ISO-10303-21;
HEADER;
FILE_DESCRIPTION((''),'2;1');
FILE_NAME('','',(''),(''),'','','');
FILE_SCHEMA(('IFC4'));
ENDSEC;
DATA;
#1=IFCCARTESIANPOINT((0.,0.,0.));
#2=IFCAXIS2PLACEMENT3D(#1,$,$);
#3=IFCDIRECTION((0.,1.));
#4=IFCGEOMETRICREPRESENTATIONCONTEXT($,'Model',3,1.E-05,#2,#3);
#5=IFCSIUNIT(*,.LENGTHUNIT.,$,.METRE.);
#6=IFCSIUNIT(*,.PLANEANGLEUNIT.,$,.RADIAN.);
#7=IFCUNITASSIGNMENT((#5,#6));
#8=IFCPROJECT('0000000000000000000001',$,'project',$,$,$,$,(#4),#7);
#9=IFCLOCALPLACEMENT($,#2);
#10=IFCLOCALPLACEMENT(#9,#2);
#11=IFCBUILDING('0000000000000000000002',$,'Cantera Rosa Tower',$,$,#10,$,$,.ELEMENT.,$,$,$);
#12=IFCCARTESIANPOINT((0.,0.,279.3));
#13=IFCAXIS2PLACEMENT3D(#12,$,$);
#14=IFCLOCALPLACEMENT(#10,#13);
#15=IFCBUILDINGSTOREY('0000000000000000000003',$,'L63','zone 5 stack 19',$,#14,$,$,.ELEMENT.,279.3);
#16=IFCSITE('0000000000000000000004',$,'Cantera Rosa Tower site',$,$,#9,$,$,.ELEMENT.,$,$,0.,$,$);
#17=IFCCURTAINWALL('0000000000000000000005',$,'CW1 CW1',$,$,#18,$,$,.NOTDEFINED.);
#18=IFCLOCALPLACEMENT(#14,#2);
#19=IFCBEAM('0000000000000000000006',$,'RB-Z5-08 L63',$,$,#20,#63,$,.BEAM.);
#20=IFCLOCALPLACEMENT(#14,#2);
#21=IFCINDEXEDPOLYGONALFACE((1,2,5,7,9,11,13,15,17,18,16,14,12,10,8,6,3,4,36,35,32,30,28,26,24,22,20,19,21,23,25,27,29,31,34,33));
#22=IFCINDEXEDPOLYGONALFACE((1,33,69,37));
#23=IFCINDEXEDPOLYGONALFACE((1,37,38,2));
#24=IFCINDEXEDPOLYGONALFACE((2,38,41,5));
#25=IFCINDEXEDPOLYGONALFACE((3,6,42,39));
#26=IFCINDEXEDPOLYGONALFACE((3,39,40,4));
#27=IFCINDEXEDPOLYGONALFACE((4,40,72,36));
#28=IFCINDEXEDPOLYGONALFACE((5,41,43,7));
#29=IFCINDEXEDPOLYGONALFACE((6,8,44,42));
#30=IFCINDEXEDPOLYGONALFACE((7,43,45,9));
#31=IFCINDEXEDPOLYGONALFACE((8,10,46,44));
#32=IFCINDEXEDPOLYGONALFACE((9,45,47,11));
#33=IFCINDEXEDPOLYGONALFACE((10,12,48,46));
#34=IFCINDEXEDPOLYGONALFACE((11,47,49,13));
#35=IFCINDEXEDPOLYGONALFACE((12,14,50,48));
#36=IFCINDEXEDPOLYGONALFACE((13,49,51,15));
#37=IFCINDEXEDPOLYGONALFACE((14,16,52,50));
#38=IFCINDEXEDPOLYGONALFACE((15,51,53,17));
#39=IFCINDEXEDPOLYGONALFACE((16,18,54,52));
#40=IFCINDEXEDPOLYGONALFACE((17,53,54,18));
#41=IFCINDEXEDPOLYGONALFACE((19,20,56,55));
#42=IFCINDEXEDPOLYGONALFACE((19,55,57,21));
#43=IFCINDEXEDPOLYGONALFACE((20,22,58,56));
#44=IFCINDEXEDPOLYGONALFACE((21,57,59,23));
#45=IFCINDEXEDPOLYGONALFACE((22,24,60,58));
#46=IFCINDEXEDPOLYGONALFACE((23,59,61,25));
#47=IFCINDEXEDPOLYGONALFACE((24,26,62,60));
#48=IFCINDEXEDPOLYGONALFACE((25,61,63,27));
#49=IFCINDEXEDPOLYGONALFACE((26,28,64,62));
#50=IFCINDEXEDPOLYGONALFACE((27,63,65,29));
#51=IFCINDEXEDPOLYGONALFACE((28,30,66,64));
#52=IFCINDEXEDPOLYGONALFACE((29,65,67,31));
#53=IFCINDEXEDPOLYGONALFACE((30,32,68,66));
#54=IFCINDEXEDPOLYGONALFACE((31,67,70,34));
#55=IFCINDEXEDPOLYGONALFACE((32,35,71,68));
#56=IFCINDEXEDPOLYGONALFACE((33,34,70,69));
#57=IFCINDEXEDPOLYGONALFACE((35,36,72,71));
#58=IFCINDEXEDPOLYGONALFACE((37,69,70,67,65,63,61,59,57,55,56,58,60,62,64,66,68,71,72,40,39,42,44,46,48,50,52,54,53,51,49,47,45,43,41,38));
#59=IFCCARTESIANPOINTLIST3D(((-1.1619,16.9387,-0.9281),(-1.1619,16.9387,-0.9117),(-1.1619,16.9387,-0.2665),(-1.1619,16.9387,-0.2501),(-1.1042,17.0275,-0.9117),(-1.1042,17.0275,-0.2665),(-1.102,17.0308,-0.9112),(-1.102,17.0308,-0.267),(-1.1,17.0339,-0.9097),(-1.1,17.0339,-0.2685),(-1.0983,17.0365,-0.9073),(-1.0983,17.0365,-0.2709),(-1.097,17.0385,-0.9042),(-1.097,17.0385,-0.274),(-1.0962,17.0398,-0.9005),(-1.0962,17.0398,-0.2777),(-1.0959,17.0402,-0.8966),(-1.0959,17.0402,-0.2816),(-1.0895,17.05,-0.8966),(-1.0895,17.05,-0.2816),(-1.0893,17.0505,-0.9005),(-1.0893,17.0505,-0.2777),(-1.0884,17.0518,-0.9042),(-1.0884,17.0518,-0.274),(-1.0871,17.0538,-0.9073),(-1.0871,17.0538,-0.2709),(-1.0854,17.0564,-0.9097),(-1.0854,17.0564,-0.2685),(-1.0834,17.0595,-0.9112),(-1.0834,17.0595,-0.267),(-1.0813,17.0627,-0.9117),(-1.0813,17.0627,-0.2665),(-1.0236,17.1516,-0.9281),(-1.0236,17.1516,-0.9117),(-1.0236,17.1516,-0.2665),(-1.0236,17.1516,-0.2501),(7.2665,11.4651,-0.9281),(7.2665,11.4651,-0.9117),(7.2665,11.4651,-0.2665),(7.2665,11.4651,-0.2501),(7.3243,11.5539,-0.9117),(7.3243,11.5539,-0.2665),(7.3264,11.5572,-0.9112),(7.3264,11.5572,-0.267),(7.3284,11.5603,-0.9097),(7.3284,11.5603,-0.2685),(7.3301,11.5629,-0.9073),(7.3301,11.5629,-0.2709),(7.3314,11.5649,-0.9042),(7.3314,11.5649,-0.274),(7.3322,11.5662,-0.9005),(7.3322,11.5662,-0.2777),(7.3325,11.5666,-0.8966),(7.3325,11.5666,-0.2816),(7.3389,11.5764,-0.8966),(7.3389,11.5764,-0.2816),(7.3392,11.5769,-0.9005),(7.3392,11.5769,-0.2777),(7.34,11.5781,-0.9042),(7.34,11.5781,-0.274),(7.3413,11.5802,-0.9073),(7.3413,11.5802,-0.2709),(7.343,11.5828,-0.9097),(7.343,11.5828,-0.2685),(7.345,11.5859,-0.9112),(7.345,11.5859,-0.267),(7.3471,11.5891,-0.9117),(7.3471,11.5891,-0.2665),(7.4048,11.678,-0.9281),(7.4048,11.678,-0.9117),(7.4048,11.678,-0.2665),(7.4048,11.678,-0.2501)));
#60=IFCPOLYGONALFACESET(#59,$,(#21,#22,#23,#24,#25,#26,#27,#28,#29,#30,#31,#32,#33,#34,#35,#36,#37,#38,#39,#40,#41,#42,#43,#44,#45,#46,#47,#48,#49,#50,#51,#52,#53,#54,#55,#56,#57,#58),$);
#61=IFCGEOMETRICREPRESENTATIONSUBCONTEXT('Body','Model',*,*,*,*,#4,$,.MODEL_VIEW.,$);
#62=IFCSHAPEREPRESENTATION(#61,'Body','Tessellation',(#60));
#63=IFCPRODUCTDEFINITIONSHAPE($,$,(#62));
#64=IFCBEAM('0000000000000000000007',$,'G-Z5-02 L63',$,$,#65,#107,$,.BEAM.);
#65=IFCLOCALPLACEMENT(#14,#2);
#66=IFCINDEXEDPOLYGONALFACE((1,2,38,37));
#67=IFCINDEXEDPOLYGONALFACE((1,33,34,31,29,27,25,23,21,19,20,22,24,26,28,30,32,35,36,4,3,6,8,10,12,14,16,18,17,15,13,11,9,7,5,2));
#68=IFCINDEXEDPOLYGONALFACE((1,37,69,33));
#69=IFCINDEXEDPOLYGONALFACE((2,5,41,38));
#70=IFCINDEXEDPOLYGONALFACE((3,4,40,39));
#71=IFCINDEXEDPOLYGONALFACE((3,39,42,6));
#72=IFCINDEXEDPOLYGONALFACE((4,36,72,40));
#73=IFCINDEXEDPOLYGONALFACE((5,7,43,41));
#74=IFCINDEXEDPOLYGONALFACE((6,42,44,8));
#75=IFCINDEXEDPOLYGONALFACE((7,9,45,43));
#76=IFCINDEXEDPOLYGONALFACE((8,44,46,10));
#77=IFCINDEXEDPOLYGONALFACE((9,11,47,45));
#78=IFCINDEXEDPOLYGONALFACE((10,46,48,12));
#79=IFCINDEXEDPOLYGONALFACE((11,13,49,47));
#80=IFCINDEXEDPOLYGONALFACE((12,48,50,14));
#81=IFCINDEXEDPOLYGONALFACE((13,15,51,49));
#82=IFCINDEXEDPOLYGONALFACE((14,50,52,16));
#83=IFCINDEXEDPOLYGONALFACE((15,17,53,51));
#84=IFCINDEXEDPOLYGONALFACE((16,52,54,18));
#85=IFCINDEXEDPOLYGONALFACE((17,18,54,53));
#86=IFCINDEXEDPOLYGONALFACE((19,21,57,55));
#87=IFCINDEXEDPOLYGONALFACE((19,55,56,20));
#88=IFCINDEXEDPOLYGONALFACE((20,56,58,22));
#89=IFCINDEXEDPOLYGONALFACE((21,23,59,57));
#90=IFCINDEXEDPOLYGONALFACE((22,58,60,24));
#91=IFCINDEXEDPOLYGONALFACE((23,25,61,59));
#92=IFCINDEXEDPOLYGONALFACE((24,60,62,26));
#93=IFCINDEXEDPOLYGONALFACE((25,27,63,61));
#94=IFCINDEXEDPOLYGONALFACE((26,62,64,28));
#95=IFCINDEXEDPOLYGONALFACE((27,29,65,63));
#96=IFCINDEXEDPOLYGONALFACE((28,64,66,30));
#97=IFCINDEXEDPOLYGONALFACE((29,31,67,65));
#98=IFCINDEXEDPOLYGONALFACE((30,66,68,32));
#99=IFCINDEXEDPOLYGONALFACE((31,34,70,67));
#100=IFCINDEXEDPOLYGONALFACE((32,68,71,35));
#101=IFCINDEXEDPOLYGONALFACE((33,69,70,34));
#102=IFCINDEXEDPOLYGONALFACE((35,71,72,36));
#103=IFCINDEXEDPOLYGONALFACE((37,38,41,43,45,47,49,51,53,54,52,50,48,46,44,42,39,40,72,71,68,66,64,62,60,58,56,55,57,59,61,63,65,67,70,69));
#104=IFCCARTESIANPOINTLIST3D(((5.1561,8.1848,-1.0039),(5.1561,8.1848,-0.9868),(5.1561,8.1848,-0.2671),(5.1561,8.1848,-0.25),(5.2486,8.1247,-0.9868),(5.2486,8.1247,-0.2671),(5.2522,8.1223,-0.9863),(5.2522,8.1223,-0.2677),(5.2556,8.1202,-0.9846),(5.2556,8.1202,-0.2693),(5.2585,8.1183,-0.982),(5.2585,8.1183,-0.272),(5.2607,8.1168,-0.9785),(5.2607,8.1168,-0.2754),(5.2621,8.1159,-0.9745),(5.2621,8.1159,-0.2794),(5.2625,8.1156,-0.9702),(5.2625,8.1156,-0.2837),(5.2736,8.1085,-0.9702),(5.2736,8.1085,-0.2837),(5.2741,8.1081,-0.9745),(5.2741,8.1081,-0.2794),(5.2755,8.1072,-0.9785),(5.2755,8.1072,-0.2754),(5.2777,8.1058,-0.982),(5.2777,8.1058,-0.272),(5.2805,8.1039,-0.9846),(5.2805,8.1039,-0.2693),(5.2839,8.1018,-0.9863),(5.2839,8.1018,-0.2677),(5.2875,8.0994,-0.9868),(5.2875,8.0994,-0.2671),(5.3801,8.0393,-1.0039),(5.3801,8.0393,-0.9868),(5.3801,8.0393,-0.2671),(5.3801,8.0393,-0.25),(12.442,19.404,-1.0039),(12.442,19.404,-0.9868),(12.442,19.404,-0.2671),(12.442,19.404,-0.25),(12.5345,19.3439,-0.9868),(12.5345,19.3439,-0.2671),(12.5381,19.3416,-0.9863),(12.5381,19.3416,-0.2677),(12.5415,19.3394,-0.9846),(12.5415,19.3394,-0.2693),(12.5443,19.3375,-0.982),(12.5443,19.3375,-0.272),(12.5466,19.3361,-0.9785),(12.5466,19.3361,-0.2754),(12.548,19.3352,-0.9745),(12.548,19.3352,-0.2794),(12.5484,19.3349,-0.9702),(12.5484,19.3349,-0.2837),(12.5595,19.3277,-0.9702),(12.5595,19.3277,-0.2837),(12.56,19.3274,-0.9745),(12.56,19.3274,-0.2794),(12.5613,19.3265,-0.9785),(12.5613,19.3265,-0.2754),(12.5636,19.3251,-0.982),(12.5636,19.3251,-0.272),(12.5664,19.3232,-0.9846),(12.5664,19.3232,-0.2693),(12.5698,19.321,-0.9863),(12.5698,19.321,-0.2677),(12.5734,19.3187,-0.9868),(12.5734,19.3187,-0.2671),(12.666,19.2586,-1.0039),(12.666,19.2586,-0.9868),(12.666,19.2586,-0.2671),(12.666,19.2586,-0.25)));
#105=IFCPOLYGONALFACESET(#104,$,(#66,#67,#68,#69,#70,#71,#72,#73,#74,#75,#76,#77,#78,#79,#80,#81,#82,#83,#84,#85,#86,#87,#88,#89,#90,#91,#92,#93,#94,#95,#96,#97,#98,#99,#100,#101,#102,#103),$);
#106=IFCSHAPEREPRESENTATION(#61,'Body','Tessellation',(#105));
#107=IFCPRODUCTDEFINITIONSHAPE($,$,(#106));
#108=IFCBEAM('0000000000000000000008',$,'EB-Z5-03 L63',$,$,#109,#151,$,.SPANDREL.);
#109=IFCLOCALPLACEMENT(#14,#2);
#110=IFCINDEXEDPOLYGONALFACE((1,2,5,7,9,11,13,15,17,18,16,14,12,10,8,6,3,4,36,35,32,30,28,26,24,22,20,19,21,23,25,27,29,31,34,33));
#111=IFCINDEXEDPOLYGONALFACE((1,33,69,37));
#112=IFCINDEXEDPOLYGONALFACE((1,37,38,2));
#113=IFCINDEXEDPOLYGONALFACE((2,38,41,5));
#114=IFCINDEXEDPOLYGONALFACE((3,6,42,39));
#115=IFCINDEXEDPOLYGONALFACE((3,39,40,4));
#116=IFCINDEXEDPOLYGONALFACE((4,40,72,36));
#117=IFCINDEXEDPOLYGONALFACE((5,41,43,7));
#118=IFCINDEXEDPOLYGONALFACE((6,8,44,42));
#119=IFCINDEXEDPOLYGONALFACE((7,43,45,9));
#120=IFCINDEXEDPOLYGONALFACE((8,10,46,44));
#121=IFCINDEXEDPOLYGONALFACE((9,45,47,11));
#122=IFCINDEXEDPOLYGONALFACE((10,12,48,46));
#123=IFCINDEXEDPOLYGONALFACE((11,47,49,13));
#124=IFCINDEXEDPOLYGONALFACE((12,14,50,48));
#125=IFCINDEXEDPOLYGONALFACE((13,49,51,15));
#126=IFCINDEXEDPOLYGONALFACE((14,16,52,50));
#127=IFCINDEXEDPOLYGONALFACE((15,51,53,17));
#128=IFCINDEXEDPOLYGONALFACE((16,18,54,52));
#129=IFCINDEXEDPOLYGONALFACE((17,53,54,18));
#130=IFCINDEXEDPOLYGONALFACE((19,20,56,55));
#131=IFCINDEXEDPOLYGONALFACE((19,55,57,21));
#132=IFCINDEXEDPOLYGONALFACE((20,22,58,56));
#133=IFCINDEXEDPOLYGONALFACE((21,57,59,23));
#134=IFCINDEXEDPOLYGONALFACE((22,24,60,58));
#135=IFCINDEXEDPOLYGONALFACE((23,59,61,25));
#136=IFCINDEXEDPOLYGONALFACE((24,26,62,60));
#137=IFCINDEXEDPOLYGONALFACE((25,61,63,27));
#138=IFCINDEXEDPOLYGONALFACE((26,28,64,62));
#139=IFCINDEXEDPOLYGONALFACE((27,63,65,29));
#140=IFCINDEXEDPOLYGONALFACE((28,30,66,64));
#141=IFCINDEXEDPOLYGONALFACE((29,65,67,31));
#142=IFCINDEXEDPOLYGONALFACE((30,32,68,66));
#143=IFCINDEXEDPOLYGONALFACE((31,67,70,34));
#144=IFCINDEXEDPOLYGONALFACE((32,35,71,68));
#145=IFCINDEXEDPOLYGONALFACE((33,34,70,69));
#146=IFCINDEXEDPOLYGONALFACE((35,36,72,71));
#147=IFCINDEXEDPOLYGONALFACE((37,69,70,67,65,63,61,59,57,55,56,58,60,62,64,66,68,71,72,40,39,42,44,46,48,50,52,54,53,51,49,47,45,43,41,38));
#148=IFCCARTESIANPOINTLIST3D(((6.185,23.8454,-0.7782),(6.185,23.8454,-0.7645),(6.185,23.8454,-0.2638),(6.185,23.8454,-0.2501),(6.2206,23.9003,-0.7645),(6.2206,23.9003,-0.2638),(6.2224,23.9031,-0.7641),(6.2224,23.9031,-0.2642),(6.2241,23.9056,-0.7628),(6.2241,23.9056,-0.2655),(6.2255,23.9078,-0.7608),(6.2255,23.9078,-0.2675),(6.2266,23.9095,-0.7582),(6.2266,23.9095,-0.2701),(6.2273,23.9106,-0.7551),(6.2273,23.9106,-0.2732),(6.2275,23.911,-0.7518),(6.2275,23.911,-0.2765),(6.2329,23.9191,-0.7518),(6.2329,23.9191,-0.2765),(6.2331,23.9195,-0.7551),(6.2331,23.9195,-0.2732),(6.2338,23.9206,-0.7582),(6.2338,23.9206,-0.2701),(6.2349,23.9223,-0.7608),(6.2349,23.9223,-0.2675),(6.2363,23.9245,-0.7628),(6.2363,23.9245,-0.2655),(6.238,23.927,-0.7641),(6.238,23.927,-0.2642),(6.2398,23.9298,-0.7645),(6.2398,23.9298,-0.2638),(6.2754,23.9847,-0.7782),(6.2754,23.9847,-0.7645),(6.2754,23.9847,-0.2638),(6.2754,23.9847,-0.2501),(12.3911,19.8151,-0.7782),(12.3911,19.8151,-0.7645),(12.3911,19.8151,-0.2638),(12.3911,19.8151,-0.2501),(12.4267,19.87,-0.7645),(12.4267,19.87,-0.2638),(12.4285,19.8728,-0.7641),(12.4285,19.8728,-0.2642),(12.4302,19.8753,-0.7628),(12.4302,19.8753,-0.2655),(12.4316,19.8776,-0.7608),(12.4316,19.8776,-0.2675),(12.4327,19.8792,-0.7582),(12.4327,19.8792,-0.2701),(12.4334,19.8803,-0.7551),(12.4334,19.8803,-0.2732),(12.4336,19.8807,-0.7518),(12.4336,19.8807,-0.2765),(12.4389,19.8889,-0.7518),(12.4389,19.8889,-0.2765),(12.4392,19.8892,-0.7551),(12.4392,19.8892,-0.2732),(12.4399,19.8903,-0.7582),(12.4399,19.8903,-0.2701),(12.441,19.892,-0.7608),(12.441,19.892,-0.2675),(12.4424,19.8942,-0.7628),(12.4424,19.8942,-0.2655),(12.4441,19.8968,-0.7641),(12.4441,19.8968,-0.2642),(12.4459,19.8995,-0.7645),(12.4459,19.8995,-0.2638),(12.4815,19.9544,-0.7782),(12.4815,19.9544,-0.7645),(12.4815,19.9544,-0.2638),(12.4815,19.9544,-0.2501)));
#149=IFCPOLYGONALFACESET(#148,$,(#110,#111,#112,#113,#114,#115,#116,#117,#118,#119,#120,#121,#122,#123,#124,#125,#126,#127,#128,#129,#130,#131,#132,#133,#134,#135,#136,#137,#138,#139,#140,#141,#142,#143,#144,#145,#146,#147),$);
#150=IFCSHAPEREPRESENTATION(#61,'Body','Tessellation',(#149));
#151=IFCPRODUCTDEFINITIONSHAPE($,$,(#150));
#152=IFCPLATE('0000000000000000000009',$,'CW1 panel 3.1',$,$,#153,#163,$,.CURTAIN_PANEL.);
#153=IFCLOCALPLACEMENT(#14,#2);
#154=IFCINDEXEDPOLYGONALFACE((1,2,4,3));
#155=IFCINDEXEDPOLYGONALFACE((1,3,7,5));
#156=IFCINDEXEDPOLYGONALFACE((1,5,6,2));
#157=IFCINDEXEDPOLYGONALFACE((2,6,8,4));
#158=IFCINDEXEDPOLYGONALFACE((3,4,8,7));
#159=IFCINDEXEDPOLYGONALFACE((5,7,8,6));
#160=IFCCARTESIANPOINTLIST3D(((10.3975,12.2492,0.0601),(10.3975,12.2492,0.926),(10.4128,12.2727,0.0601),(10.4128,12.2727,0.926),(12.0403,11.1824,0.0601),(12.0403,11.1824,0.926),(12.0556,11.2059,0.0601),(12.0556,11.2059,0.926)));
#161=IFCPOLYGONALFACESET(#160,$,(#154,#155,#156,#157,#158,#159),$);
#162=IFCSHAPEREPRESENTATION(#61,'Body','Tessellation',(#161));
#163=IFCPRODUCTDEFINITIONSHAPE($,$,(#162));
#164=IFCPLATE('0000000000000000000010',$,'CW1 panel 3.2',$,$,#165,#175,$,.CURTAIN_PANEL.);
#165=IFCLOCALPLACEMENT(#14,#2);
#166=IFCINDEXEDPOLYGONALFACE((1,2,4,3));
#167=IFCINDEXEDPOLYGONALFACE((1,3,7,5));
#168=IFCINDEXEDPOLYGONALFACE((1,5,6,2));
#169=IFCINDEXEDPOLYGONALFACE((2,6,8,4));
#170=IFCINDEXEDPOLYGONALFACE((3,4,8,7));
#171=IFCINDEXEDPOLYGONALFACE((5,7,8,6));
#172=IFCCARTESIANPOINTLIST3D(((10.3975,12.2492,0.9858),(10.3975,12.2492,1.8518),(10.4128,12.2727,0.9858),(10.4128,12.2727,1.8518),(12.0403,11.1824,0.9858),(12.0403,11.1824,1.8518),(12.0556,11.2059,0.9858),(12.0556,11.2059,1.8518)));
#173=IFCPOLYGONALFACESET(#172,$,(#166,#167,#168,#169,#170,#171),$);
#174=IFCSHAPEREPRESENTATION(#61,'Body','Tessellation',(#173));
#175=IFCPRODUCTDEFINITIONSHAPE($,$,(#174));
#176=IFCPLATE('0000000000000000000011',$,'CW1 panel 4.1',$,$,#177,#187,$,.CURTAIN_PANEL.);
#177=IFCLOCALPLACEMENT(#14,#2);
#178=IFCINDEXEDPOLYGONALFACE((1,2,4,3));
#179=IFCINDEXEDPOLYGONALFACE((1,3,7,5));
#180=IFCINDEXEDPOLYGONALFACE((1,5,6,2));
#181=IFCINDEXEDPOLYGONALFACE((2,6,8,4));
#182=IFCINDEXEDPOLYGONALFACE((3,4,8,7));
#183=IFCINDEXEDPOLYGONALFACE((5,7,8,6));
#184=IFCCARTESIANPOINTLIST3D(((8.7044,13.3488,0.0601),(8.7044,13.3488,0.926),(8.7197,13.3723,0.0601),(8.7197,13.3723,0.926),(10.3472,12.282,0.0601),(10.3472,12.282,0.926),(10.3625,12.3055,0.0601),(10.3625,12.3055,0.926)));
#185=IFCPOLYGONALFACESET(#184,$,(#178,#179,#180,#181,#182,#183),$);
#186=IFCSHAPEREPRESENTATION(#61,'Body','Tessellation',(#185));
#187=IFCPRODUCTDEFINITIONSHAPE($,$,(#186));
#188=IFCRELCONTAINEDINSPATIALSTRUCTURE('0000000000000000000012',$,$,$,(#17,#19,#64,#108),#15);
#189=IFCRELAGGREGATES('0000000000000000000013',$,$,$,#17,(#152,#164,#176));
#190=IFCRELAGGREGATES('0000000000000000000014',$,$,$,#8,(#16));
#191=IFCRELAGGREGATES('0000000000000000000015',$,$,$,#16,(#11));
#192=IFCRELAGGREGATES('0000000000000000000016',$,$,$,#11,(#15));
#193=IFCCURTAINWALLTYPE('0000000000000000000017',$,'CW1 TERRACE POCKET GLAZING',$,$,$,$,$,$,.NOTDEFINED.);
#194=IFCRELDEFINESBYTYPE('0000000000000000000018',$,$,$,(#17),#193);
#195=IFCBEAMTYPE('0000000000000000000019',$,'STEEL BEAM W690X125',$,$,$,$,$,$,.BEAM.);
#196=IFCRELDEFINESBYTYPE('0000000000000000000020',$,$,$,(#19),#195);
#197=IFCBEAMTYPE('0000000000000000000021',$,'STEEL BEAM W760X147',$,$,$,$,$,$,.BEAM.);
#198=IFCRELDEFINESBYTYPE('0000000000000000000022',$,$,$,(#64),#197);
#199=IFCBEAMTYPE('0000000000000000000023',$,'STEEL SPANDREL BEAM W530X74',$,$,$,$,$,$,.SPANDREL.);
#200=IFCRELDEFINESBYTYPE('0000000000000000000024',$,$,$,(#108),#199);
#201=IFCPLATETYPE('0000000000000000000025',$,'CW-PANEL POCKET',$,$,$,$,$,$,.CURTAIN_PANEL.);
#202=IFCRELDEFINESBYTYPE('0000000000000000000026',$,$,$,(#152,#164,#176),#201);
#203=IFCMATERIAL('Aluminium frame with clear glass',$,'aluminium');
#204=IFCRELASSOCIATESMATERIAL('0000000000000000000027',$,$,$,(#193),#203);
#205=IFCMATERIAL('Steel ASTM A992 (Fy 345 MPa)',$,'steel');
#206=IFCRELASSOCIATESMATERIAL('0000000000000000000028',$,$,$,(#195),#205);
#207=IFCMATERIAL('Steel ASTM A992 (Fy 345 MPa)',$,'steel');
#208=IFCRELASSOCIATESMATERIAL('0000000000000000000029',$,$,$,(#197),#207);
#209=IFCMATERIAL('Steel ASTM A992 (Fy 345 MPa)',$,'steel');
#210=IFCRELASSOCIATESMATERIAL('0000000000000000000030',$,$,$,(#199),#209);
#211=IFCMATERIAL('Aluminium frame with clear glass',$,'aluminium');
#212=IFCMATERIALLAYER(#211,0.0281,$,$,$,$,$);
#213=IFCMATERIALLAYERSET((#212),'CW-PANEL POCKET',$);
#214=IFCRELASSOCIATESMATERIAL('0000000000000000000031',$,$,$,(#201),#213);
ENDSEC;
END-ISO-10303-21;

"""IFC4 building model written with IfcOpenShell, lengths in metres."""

from ifc_helpers import new_model, si_unit, direction, frame, origin, origin_2d, place, context, subcontext, project, spatial, rectangle, i_section, extrude, material, layer, layer_set, material_profile, profile_set, type_object, element, aggregate, save


model = new_model("IFC4")

# Units and contexts
model_context = context("Model", 3, precision=1e-05, world=origin(), true_north=direction((0.0, 1.0)))
body_context = subcontext(model_context, "Body", "Model", "MODEL_VIEW")
ifc_project = project(units=[si_unit("LENGTHUNIT", "METRE"), si_unit("PLANEANGLEUNIT", "RADIAN")], contexts=[model_context])

# Site, building, storey
site_placement = place(None, origin())
site = spatial("IfcSite", under=ifc_project, at=site_placement, Name="Cantera Rosa Tower site", CompositionType="ELEMENT", RefElevation=0.0)
building_placement = place(site_placement, origin())
building = spatial("IfcBuilding", under=site, at=building_placement, Name="Cantera Rosa Tower", CompositionType="ELEMENT")
storey_placement = place(building_placement, frame((0.0, 0.0, 279.3)))
storey = spatial("IfcBuildingStorey", under=building, at=storey_placement, Name="L63", Description="zone 5 stack 19", CompositionType="ELEMENT", Elevation=279.3)

# Curtain wall
ifc_material_1 = material(Name="Aluminium frame with clear glass", Category="aluminium")
curtain_wall_type = type_object("IfcCurtainWallType", Name="CW1 TERRACE POCKET GLAZING", PredefinedType="NOTDEFINED", material=ifc_material_1)
curtain_wall_placement = place(storey_placement, origin())
curtain_wall = element("IfcCurtainWall", 1, at=curtain_wall_placement, inside=storey, type_object=curtain_wall_type, Name="CW1 CW1", PredefinedType="NOTDEFINED")

# Beams
ifc_material_2 = material(Name="Steel ASTM A992 (Fy 345 MPa)", Category="steel")
ifc_material_profile_1 = material_profile(ifc_material_2, i_section(OverallWidth=0.2539, OverallDepth=0.678, WebThickness=0.0117, FlangeThickness=0.0164, FilletRadius=0.0151, at=origin_2d()), Name="W690X125")
ifc_profile_set_1 = profile_set([ifc_material_profile_1], Name="Steel ASTM A992 (Fy 345 MPa)")
beam_type_1 = type_object("IfcBeamType", Name="STEEL BEAM W690X125", PredefinedType="BEAM", material=ifc_profile_set_1)
beam_1_placement = place(storey_placement, frame((7.3357, 11.5715, -0.5891), z_axis=(-0.838665, 0.544648, 0.0), x_axis=(-0.544648, -0.838665, 0.0)))
element("IfcBeam", 2, at=beam_1_placement, inside=storey, type_object=beam_type_1, Name="RB-Z5-08 L63", PredefinedType="BEAM", context=body_context, shape_type="SweptSolid", body=[
    extrude(i_section(OverallWidth=0.2539, OverallDepth=0.678, WebThickness=0.0117, FlangeThickness=0.0164, FilletRadius=0.0151, at=origin_2d()), origin(), (0.0, 0.0, 1.0), 10.0498),
])
ifc_material_3 = material(Name="Steel ASTM A992 (Fy 345 MPa)", Category="steel")
ifc_material_profile_2 = material_profile(ifc_material_3, i_section(OverallWidth=0.2671, OverallDepth=0.7539, WebThickness=0.0132, FlangeThickness=0.0171, FilletRadius=0.0166, at=origin_2d()), Name="W760X147")
ifc_profile_set_2 = profile_set([ifc_material_profile_2], Name="Steel ASTM A992 (Fy 345 MPa)")
beam_type_2 = type_object("IfcBeamType", Name="STEEL BEAM W760X147", PredefinedType="BEAM", material=ifc_profile_set_2)
beam_2_placement = place(storey_placement, frame((12.554, 19.3313, -0.627), z_axis=(-0.544641, -0.83867, 0.0), x_axis=(0.83867, -0.544641, 0.0)))
element("IfcBeam", 3, at=beam_2_placement, inside=storey, type_object=beam_type_2, Name="G-Z5-02 L63", PredefinedType="BEAM", context=body_context, shape_type="SweptSolid", body=[
    extrude(i_section(OverallWidth=0.2671, OverallDepth=0.7539, WebThickness=0.0132, FlangeThickness=0.0171, FilletRadius=0.0166, at=origin_2d()), origin(), (0.0, 0.0, 1.0), 13.3774),
])
ifc_material_4 = material(Name="Steel ASTM A992 (Fy 345 MPa)", Category="steel")
ifc_material_profile_3 = material_profile(ifc_material_4, i_section(OverallWidth=0.166, OverallDepth=0.5281, WebThickness=0.0098, FlangeThickness=0.0137, FilletRadius=0.0127, at=origin_2d()), Name="W530X74")
ifc_profile_set_3 = profile_set([ifc_material_profile_3], Name="Steel ASTM A992 (Fy 345 MPa)")
beam_type_3 = type_object("IfcBeamType", Name="STEEL SPANDREL BEAM W530X74", PredefinedType="SPANDREL", material=ifc_profile_set_3)
beam_3_placement = place(storey_placement, frame((12.4363, 19.8848, -0.5142), z_axis=(-0.83867, 0.54464, 0.0), x_axis=(-0.54464, -0.83867, 0.0)))
element("IfcBeam", 4, at=beam_3_placement, inside=storey, type_object=beam_type_3, Name="EB-Z5-03 L63", PredefinedType="SPANDREL", context=body_context, shape_type="SweptSolid", body=[
    extrude(i_section(OverallWidth=0.166, OverallDepth=0.5281, WebThickness=0.0098, FlangeThickness=0.0137, FilletRadius=0.0127, at=origin_2d()), origin(), (0.0, 0.0, 1.0), 7.3999),
])

# Plates
ifc_material_5 = material(Name="Aluminium frame with clear glass", Category="aluminium")
ifc_layer_1 = layer(ifc_material_5, 0.0281)
ifc_layer_set_1 = layer_set([ifc_layer_1], Name="CW-PANEL POCKET")
plate_type = type_object("IfcPlateType", Name="CW-PANEL POCKET", PredefinedType="CURTAIN_PANEL", material=ifc_layer_set_1)
plate_1_placement = place(storey_placement, frame((11.2266, 11.7275, 0.0601), z_axis=(0.0, 0.0, 1.0), x_axis=(-0.838671, 0.544639, 0.0)))
plate_1 = element("IfcPlate", 5, at=plate_1_placement, type_object=plate_type, Name="CW1 panel 3.1", PredefinedType="CURTAIN_PANEL", context=body_context, shape_type="SweptSolid", body=[
    extrude(rectangle(XDim=1.9587, YDim=0.0281, at=origin_2d()), origin(), (0.0, 0.0, 1.0), 0.866),
])
plate_2_placement = place(storey_placement, frame((11.2266, 11.7275, 0.9858), z_axis=(0.0, 0.0, 1.0), x_axis=(-0.838671, 0.544639, 0.0)))
plate_2 = element("IfcPlate", 6, at=plate_2_placement, type_object=plate_type, Name="CW1 panel 3.2", PredefinedType="CURTAIN_PANEL", context=body_context, shape_type="SweptSolid", body=[
    extrude(rectangle(XDim=1.9587, YDim=0.0281, at=origin_2d()), origin(), (0.0, 0.0, 1.0), 0.866),
])
plate_3_placement = place(storey_placement, frame((9.5334, 12.8271, 0.0601), z_axis=(0.0, 0.0, 1.0), x_axis=(-0.838671, 0.544639, 0.0)))
plate_3 = element("IfcPlate", 7, at=plate_3_placement, type_object=plate_type, Name="CW1 panel 4.1", PredefinedType="CURTAIN_PANEL", context=body_context, shape_type="SweptSolid", body=[
    extrude(rectangle(XDim=1.9587, YDim=0.0281, at=origin_2d()), origin(), (0.0, 0.0, 1.0), 0.866),
])
aggregate(curtain_wall, [plate_1, plate_2, plate_3])

save(model, "model.ifc")
